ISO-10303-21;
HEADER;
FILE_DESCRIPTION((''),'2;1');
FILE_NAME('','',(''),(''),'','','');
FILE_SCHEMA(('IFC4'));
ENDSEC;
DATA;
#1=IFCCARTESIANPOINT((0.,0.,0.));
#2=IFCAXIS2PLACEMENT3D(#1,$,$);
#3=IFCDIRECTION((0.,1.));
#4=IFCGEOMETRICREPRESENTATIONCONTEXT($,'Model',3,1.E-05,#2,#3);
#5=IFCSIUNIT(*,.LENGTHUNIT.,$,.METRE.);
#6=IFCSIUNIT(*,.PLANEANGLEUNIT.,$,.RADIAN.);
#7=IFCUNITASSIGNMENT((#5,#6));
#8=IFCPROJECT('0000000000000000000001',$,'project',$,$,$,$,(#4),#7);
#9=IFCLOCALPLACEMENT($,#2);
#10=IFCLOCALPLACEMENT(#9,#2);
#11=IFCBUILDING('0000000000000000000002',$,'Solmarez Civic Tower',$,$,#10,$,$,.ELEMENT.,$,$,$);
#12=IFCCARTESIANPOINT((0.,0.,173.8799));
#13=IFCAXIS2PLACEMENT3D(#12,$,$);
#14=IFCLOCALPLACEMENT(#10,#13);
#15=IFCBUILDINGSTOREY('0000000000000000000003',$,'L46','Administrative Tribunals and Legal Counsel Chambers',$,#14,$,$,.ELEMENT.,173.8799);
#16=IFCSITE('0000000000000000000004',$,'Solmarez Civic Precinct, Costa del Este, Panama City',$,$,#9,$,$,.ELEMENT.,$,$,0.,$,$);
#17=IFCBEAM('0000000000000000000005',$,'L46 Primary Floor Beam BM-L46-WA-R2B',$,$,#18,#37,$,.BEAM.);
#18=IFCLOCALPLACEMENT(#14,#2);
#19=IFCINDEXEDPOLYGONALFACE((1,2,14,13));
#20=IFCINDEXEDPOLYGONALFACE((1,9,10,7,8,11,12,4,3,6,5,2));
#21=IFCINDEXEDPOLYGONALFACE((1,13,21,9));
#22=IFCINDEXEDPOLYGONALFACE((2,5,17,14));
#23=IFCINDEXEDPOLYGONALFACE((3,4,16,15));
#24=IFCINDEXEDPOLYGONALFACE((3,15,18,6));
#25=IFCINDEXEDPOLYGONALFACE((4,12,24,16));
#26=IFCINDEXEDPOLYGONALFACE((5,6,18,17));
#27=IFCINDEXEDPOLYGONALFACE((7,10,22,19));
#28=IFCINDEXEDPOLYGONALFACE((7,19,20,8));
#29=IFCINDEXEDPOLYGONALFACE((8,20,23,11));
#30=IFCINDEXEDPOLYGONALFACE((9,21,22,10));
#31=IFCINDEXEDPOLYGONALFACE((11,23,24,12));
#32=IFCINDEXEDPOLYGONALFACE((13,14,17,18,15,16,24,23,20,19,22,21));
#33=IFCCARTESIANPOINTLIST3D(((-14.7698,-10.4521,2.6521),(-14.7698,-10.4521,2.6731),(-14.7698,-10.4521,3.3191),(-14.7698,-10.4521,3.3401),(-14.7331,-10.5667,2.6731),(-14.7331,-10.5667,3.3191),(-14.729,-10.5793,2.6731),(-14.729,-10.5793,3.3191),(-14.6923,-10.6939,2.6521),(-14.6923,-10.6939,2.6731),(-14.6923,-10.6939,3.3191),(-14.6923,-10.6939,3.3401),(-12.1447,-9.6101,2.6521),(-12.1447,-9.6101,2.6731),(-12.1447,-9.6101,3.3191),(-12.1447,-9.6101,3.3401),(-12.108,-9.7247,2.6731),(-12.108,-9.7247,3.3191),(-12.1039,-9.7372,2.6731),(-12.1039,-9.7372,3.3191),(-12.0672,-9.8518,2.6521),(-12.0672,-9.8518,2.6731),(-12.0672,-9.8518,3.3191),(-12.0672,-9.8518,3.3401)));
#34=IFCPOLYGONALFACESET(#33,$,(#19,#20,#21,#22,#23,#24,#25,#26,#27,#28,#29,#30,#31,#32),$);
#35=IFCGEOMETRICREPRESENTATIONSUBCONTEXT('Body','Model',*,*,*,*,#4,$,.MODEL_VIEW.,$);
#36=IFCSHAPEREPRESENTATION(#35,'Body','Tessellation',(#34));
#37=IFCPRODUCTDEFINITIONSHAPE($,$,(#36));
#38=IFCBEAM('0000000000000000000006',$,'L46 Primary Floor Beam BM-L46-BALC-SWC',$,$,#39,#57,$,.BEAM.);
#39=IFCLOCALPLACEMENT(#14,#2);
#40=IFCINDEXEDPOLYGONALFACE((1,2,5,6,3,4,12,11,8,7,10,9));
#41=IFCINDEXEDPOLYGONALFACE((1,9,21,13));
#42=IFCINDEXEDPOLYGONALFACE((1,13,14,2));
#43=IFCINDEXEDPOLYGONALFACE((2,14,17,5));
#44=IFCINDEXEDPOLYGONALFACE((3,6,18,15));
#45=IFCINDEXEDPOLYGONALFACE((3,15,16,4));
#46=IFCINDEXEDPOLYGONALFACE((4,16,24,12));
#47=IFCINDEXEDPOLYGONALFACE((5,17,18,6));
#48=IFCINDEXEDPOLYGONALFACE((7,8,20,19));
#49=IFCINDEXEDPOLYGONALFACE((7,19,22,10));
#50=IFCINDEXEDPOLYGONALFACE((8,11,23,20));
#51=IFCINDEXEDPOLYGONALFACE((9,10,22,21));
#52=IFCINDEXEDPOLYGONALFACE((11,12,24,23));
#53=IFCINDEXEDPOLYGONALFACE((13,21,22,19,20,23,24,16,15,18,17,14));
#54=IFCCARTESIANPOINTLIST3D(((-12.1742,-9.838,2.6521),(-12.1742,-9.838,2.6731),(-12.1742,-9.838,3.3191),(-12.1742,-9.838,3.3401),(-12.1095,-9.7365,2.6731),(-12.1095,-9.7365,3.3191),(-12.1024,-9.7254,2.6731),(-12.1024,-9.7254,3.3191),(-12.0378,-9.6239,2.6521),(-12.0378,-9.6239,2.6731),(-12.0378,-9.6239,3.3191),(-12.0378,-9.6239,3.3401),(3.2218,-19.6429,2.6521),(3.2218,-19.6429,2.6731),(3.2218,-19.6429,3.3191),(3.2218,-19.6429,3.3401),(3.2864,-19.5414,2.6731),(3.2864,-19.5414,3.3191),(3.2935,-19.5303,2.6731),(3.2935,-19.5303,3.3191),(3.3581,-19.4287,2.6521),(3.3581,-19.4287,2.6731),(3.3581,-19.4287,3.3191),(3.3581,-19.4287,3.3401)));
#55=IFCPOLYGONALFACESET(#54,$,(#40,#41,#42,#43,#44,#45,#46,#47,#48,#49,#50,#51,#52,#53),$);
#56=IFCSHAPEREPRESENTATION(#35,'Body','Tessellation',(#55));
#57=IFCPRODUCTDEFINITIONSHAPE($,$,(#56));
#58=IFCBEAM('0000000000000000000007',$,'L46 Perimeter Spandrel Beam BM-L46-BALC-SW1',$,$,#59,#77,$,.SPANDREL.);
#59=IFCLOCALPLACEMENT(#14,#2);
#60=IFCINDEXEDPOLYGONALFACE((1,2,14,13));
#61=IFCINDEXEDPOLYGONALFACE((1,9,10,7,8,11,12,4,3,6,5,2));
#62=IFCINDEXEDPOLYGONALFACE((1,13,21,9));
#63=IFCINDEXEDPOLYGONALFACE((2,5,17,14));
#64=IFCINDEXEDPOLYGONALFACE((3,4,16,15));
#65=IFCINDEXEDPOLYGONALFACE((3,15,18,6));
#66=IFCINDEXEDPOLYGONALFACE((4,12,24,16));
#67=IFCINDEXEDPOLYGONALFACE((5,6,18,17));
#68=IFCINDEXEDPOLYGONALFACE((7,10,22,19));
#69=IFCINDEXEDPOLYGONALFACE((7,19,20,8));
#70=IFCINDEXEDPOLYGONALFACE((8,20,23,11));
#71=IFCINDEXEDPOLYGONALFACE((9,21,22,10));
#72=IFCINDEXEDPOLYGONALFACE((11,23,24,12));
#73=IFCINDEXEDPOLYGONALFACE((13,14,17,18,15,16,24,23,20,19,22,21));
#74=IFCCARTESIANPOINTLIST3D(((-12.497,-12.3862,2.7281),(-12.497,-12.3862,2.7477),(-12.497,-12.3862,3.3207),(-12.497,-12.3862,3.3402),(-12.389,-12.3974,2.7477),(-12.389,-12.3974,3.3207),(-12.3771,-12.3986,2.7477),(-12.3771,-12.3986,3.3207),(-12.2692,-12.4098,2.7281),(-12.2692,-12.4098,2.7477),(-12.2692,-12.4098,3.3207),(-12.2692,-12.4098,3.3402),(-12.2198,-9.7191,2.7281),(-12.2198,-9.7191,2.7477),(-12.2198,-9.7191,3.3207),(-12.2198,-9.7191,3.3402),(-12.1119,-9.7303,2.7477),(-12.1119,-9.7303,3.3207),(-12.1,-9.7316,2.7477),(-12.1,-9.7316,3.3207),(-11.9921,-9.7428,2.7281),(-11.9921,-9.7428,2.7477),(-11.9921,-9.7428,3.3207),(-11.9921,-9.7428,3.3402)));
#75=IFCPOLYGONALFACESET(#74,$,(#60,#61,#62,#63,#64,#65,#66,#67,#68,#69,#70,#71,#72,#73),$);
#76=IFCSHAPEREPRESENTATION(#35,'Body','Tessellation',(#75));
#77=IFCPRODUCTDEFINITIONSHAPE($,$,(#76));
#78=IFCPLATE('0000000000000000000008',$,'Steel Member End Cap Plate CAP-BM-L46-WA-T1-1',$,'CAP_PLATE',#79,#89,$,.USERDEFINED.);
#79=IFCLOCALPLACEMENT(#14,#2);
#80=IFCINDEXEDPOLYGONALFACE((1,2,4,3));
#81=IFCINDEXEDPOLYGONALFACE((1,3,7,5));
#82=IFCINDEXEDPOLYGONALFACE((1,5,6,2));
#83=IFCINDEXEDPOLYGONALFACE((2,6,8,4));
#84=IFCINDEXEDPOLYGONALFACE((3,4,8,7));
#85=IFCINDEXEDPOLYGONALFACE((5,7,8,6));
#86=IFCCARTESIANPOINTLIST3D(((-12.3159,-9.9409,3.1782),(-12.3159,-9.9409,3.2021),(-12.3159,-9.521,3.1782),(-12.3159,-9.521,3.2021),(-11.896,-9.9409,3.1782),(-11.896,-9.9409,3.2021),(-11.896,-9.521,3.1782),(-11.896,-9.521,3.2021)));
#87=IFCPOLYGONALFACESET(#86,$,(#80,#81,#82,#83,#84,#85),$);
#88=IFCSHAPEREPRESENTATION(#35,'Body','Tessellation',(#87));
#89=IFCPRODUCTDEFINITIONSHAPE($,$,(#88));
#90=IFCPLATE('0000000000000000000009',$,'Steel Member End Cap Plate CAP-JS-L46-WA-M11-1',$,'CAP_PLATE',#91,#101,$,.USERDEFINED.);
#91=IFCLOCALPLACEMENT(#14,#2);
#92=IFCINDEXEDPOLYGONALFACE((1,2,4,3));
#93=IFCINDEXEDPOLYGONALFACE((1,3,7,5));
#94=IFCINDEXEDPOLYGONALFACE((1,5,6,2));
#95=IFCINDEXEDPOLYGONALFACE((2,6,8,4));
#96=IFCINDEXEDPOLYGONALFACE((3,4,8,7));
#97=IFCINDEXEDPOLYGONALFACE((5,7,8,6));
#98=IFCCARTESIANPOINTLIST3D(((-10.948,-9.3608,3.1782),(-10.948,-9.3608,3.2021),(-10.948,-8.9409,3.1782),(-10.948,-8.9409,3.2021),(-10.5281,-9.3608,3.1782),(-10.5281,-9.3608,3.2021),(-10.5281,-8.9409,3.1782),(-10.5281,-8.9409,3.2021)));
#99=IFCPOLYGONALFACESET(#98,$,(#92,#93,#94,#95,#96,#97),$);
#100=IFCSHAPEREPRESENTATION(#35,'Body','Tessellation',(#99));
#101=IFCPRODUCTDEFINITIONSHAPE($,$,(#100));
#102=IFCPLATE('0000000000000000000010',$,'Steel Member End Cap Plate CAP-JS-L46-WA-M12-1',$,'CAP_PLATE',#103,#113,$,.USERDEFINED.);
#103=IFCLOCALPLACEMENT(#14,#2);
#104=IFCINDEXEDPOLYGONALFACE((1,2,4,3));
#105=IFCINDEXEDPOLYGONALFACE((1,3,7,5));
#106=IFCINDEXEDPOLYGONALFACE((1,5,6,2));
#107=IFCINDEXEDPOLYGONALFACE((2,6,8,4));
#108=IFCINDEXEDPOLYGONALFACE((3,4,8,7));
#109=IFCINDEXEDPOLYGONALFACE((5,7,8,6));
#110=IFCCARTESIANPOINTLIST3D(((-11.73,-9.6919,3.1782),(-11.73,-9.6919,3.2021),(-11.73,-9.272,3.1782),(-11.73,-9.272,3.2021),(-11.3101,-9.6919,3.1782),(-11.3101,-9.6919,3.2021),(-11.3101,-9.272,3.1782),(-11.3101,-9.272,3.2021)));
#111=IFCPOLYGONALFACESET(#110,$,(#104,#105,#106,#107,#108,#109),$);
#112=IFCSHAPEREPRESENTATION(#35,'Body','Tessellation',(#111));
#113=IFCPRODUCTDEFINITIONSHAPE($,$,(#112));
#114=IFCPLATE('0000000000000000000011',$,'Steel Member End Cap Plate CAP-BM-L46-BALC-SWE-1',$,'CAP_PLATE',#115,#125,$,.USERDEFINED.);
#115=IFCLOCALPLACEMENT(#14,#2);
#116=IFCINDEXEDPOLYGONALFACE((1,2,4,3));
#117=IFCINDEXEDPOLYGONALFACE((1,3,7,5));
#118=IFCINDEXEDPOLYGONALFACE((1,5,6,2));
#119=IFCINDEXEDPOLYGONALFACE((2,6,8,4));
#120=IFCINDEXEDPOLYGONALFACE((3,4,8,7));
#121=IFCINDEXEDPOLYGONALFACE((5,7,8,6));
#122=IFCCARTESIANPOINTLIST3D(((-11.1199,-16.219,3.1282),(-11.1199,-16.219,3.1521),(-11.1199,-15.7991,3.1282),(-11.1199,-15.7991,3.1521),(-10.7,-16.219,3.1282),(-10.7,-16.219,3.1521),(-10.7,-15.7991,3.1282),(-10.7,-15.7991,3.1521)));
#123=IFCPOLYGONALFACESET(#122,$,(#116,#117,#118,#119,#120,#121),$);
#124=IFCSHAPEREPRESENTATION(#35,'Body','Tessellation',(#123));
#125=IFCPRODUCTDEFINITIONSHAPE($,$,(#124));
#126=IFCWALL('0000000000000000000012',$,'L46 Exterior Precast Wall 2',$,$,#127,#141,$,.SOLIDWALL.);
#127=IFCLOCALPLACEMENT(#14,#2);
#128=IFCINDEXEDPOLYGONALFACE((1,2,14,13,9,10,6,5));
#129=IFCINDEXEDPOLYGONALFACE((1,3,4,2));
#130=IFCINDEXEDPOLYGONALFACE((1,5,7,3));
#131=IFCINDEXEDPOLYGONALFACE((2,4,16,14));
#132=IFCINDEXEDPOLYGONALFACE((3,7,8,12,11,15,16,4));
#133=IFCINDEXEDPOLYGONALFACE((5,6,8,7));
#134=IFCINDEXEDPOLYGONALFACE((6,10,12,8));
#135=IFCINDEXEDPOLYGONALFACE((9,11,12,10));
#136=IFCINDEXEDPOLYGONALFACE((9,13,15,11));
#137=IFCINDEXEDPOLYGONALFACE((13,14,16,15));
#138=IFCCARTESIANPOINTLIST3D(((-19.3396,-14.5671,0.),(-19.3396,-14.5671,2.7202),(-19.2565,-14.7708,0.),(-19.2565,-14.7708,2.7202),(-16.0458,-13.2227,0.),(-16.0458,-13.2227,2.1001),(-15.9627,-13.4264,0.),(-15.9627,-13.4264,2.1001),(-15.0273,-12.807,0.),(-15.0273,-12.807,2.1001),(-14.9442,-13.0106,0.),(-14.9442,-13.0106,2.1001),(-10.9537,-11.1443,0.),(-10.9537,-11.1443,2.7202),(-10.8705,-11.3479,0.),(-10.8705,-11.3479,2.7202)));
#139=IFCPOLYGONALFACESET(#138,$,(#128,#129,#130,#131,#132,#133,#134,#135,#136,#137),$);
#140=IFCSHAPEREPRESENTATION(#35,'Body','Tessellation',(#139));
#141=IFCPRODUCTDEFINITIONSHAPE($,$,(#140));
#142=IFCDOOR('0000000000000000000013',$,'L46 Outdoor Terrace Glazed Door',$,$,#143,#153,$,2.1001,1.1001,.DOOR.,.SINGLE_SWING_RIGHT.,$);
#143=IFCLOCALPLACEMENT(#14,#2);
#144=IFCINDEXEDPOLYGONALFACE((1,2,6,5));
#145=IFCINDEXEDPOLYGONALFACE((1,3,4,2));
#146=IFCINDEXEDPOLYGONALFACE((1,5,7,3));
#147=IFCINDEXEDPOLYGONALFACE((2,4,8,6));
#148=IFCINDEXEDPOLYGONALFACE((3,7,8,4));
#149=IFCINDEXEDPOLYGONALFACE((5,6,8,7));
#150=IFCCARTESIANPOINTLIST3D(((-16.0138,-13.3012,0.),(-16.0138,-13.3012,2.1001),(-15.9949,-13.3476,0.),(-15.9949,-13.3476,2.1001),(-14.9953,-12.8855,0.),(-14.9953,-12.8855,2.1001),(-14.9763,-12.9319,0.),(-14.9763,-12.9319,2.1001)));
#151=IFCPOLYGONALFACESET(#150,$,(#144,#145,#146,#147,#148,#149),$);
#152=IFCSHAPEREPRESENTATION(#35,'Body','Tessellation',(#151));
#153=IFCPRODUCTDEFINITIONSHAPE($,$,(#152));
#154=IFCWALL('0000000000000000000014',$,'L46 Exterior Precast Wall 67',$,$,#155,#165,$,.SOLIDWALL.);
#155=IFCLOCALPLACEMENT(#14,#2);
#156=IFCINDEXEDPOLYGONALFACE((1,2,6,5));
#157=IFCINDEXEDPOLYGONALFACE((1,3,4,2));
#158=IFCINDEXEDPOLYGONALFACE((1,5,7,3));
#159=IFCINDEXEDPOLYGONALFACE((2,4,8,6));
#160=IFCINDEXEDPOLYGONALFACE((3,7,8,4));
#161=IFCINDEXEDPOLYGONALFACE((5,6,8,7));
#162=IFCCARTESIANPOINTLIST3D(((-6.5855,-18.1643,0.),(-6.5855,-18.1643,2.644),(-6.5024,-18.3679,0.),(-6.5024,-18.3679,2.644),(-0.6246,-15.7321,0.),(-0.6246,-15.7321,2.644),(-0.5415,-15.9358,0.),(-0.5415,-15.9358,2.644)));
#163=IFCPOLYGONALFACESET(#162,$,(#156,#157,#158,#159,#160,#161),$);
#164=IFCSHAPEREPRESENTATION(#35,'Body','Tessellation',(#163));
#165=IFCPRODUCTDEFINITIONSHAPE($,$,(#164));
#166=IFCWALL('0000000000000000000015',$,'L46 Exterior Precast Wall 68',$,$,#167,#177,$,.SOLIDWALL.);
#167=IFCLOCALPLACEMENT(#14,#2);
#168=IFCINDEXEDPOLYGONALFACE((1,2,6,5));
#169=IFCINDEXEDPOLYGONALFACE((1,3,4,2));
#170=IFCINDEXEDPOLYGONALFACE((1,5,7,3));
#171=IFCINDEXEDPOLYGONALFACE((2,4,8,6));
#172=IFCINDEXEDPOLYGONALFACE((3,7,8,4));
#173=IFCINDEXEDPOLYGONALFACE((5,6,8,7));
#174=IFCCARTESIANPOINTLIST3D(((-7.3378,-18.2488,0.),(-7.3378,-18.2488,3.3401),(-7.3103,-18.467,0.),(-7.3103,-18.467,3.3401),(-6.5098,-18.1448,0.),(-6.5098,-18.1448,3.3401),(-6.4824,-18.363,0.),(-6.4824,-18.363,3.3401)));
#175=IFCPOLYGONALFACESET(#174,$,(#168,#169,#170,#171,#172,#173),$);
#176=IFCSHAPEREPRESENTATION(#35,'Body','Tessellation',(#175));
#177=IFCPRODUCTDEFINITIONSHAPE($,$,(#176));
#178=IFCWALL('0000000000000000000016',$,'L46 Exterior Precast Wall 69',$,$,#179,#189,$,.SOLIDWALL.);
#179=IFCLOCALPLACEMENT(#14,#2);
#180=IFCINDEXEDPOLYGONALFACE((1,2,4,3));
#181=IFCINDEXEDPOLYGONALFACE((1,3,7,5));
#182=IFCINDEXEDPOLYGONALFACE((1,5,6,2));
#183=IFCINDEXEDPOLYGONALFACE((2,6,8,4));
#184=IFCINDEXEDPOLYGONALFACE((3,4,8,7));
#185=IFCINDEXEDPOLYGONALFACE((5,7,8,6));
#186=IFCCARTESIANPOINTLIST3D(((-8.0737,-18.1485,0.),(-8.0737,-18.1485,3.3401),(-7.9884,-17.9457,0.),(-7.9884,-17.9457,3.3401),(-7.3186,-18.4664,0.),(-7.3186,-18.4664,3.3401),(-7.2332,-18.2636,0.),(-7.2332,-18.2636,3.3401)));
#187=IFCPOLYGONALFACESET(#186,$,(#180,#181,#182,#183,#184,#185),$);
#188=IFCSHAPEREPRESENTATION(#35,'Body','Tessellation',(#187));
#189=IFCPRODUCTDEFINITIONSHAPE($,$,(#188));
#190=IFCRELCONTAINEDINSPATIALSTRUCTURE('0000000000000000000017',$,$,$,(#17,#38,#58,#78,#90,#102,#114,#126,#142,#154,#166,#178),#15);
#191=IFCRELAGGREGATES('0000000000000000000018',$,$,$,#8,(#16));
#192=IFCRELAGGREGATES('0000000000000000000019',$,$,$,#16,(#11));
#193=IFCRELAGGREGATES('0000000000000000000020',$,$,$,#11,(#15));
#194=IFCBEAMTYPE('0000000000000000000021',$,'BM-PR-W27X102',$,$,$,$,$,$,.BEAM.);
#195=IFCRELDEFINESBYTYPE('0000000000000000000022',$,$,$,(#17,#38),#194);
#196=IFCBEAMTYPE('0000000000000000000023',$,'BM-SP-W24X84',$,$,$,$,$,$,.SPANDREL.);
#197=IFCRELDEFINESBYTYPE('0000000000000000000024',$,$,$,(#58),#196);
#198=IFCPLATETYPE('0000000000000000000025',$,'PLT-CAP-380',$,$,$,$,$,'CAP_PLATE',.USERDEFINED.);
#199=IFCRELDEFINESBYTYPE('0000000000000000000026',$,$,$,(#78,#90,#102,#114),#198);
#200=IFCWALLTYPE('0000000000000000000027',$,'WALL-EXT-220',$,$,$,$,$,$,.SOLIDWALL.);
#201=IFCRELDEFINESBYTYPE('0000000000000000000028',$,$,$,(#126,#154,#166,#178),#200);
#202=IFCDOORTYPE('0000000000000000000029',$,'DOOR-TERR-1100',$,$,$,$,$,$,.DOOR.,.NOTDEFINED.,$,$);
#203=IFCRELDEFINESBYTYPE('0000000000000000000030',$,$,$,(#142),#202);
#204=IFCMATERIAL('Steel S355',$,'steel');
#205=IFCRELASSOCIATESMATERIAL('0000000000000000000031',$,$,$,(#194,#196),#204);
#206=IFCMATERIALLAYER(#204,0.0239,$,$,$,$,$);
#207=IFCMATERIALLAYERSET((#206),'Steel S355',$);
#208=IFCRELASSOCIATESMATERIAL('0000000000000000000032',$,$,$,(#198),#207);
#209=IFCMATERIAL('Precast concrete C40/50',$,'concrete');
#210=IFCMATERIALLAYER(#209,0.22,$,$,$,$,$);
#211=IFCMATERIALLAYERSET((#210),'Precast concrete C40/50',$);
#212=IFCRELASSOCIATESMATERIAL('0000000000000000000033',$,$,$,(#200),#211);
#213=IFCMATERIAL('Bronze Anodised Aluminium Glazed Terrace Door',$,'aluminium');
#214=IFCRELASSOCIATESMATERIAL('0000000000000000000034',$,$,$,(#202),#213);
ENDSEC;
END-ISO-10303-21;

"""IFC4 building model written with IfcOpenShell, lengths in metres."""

from ifc_helpers import new_model, si_unit, direction, frame, frame_2d, origin, origin_2d, place, context, subcontext, project, spatial, rectangle, i_section, extrude, material, layer, layer_set, material_profile, profile_set, type_object, element, fill, save


model = new_model("IFC4")

# Units and contexts
model_context = context("Model", 3, precision=1e-05, world=origin(), true_north=direction((0.0, 1.0)))
body_context = subcontext(model_context, "Body", "Model", "MODEL_VIEW")
ifc_project = project(units=[si_unit("LENGTHUNIT", "METRE"), si_unit("PLANEANGLEUNIT", "RADIAN")], contexts=[model_context])

# Site, building, storey
site_placement = place(None, origin())
site = spatial("IfcSite", under=ifc_project, at=site_placement, Name="Solmarez Civic Precinct, Costa del Este, Panama City", CompositionType="ELEMENT", RefElevation=0.0)
building_placement = place(site_placement, origin())
building = spatial("IfcBuilding", under=site, at=building_placement, Name="Solmarez Civic Tower", CompositionType="ELEMENT")
storey_placement = place(building_placement, frame((0.0, 0.0, 173.8799)))
storey = spatial("IfcBuildingStorey", under=building, at=storey_placement, Name="L46", Description="Administrative Tribunals and Legal Counsel Chambers", CompositionType="ELEMENT", Elevation=173.8799)

# Beams
ifc_material_1 = material(Name="Steel S355", Category="steel")
ifc_material_profile_1 = material_profile(ifc_material_1, i_section(OverallWidth=0.2539, OverallDepth=0.688, WebThickness=0.0132, FlangeThickness=0.021, at=origin_2d()), Name="W27X102")
ifc_profile_set_1 = profile_set([ifc_material_profile_1], Name="Steel S355")
beam_type_1 = type_object("IfcBeamType", Name="BM-PR-W27X102", PredefinedType="BEAM", material=ifc_profile_set_1)
beam_1_placement = place(storey_placement, frame((-12.106, -9.731, 2.9961), z_axis=(-0.952209, -0.305447, 0.0), x_axis=(0.305447, -0.952209, 0.0)))
element("IfcBeam", 1, at=beam_1_placement, inside=storey, type_object=beam_type_1, Name="L46 Primary Floor Beam BM-L46-WA-R2B", PredefinedType="BEAM", context=body_context, shape_type="SweptSolid", body=[
    extrude(i_section(OverallWidth=0.2539, OverallDepth=0.688, WebThickness=0.0132, FlangeThickness=0.021, at=origin_2d()), origin(), (0.0, 0.0, 1.0), 2.7568),
])
beam_2_placement = place(storey_placement, frame((-12.106, -9.731, 2.9961), z_axis=(0.843476, -0.537167, 0.0), x_axis=(0.537167, 0.843476, 0.0)))
element("IfcBeam", 2, at=beam_2_placement, inside=storey, type_object=beam_type_1, Name="L46 Primary Floor Beam BM-L46-BALC-SWC", PredefinedType="BEAM", context=body_context, shape_type="SweptSolid", body=[
    extrude(i_section(OverallWidth=0.2539, OverallDepth=0.688, WebThickness=0.0132, FlangeThickness=0.021, at=origin_2d()), origin(), (0.0, 0.0, 1.0), 18.2529),
])
ifc_material_profile_2 = material_profile(ifc_material_1, i_section(OverallWidth=0.229, OverallDepth=0.6121, WebThickness=0.012, FlangeThickness=0.0195, at=origin_2d()), Name="W24X84")
ifc_profile_set_2 = profile_set([ifc_material_profile_2], Name="Steel S355")
beam_type_2 = type_object("IfcBeamType", Name="BM-SP-W24X84", PredefinedType="SPANDREL", material=ifc_profile_set_2)
beam_3_placement = place(storey_placement, frame((-12.106, -9.731, 3.0342), z_axis=(-0.103343, -0.994646, 0.0), x_axis=(0.994646, -0.103343, 0.0)))
element("IfcBeam", 3, at=beam_3_placement, inside=storey, type_object=beam_type_2, Name="L46 Perimeter Spandrel Beam BM-L46-BALC-SW1", PredefinedType="SPANDREL", context=body_context, shape_type="SweptSolid", body=[
    extrude(i_section(OverallWidth=0.229, OverallDepth=0.6121, WebThickness=0.012, FlangeThickness=0.0195, at=origin_2d()), origin(), (0.0, 0.0, 1.0), 2.6814),
])

# Plates
ifc_layer_1 = layer(ifc_material_1, 0.0239)
ifc_layer_set_1 = layer_set([ifc_layer_1], Name="Steel S355")
plate_type = type_object("IfcPlateType", Name="PLT-CAP-380", ElementType="CAP_PLATE", PredefinedType="USERDEFINED", material=ifc_layer_set_1)
for number, where, z_axis, x_axis, name in (
    (4, (-12.106, -9.731, 3.1782), (0.0, 0.0, 1.0), (1.0, 0.0, 0.0), "Steel Member End Cap Plate CAP-BM-L46-WA-T1-1"),
    (5, (-10.738, -9.1509, 3.1782), (0.0, 0.0, 1.0), (1.0, 0.0, 0.0), "Steel Member End Cap Plate CAP-JS-L46-WA-M11-1"),
    (6, (-11.52, -9.4819, 3.1782), (0.0, 0.0, 1.0), (1.0, 0.0, 0.0), "Steel Member End Cap Plate CAP-JS-L46-WA-M12-1"),
    (7, (-10.9099, -16.009, 3.1282), (0.0, 0.0, 1.0), (1.0, 0.0, 0.0), "Steel Member End Cap Plate CAP-BM-L46-BALC-SWE-1"),
):
    element("IfcPlate", number, at=place(storey_placement, frame(where, z_axis=z_axis, x_axis=x_axis)), inside=storey, type_object=plate_type, Name=name, ObjectType="CAP_PLATE", PredefinedType="USERDEFINED", context=body_context, shape_type="SweptSolid", body=[
        extrude(rectangle(XDim=0.4199, YDim=0.4199, at=origin_2d()), origin(), (0.0, 0.0, 1.0), 0.0239),
    ])

# Wall, opening, door
ifc_material_2 = material(Name="Precast concrete C40/50", Category="concrete")
ifc_layer_2 = layer(ifc_material_2, 0.22)
ifc_layer_set_2 = layer_set([ifc_layer_2], Name="Precast concrete C40/50")
wall_type_1 = type_object("IfcWallType", Name="WALL-EXT-220", PredefinedType="SOLIDWALL", material=ifc_layer_set_2)
wall_1_placement = place(storey_placement, frame((-10.9121, -11.2461, 0.0), z_axis=(0.0, 0.0, 1.0), x_axis=(-0.925848, -0.377897, 0.0)))
wall_1 = element("IfcWall", 8, at=wall_1_placement, inside=storey, type_object=wall_type_1, Name="L46 Exterior Precast Wall 2", PredefinedType="SOLIDWALL", context=body_context, shape_type="SweptSolid", body=[
    extrude(rectangle(XDim=9.0576, YDim=0.22, at=frame_2d((4.5288, 0.0))), origin(), (0.0, 0.0, 1.0), 2.7202),
])
opening_1_placement = place(wall_1_placement, frame((4.3999, 0.0, 0.0)))
opening_1 = element("IfcOpeningElement", 9, at=opening_1_placement, cuts=wall_1, PredefinedType="OPENING", context=body_context, shape_type="SweptSolid", body=[
    extrude(rectangle(XDim=1.1001, YDim=2.1001, at=frame_2d((0.55, 1.05))), frame((0.0, 0.1199, 0.0), z_axis=(0.0, -1.0, 0.0), x_axis=(1.0, 0.0, 0.0)), (0.0, 0.0, 1.0), 0.24),
])
ifc_material_3 = material(Name="Bronze Anodised Aluminium Glazed Terrace Door", Category="aluminium")
door_type_1 = type_object("IfcDoorType", Name="DOOR-TERR-1100", OperationType="NOTDEFINED", PredefinedType="DOOR", material=ifc_material_3)
door_1_placement = place(opening_1_placement, origin())
door_1 = element("IfcDoor", 10, at=door_1_placement, inside=storey, type_object=door_type_1, Name="L46 Outdoor Terrace Glazed Door", OperationType="SINGLE_SWING_RIGHT", OverallHeight=2.1001, OverallWidth=1.1001, PredefinedType="DOOR", context=body_context, shape_type="SweptSolid", body=[
    extrude(rectangle(XDim=1.1001, YDim=2.1001, at=frame_2d((0.55, 1.05))), frame((0.0, 0.0249, 0.0), z_axis=(0.0, -1.0, 0.0), x_axis=(1.0, 0.0, 0.0)), (0.0, 0.0, 1.0), 0.05),
])
fill(opening_1, door_1)

# Walls
wall_2_placement = place(storey_placement, frame((-0.583, -15.834, 0.0), z_axis=(0.0, 0.0, 1.0), x_axis=(-0.925897, -0.377776, 0.0)))
element("IfcWall", 11, at=wall_2_placement, inside=storey, type_object=wall_type_1, Name="L46 Exterior Precast Wall 67", PredefinedType="SOLIDWALL", context=body_context, shape_type="SweptSolid", body=[
    extrude(rectangle(XDim=6.438, YDim=0.22, at=frame_2d((3.219, 0.0))), origin(), (0.0, 0.0, 1.0), 2.644),
])
wall_3_placement = place(storey_placement, frame((-6.4961, -18.2539, 0.0), z_axis=(0.0, 0.0, 1.0), x_axis=(-0.992201, -0.124647, 0.0)))
element("IfcWall", 12, at=wall_3_placement, inside=storey, type_object=wall_type_1, Name="L46 Exterior Precast Wall 68", PredefinedType="SOLIDWALL", context=body_context, shape_type="SweptSolid", body=[
    extrude(rectangle(XDim=0.8345, YDim=0.22, at=frame_2d((0.4172, 0.0))), origin(), (0.0, 0.0, 1.0), 3.3401),
])
wall_4_placement = place(storey_placement, frame((-7.2759, -18.365, 0.0), z_axis=(0.0, 0.0, 1.0), x_axis=(-0.921669, 0.387977, 0.0)))
element("IfcWall", 13, at=wall_4_placement, inside=storey, type_object=wall_type_1, Name="L46 Exterior Precast Wall 69", PredefinedType="SOLIDWALL", context=body_context, shape_type="SweptSolid", body=[
    extrude(rectangle(XDim=0.8193, YDim=0.22, at=frame_2d((0.4097, 0.0))), origin(), (0.0, 0.0, 1.0), 3.3401),
])

save(model, "model.ifc")
